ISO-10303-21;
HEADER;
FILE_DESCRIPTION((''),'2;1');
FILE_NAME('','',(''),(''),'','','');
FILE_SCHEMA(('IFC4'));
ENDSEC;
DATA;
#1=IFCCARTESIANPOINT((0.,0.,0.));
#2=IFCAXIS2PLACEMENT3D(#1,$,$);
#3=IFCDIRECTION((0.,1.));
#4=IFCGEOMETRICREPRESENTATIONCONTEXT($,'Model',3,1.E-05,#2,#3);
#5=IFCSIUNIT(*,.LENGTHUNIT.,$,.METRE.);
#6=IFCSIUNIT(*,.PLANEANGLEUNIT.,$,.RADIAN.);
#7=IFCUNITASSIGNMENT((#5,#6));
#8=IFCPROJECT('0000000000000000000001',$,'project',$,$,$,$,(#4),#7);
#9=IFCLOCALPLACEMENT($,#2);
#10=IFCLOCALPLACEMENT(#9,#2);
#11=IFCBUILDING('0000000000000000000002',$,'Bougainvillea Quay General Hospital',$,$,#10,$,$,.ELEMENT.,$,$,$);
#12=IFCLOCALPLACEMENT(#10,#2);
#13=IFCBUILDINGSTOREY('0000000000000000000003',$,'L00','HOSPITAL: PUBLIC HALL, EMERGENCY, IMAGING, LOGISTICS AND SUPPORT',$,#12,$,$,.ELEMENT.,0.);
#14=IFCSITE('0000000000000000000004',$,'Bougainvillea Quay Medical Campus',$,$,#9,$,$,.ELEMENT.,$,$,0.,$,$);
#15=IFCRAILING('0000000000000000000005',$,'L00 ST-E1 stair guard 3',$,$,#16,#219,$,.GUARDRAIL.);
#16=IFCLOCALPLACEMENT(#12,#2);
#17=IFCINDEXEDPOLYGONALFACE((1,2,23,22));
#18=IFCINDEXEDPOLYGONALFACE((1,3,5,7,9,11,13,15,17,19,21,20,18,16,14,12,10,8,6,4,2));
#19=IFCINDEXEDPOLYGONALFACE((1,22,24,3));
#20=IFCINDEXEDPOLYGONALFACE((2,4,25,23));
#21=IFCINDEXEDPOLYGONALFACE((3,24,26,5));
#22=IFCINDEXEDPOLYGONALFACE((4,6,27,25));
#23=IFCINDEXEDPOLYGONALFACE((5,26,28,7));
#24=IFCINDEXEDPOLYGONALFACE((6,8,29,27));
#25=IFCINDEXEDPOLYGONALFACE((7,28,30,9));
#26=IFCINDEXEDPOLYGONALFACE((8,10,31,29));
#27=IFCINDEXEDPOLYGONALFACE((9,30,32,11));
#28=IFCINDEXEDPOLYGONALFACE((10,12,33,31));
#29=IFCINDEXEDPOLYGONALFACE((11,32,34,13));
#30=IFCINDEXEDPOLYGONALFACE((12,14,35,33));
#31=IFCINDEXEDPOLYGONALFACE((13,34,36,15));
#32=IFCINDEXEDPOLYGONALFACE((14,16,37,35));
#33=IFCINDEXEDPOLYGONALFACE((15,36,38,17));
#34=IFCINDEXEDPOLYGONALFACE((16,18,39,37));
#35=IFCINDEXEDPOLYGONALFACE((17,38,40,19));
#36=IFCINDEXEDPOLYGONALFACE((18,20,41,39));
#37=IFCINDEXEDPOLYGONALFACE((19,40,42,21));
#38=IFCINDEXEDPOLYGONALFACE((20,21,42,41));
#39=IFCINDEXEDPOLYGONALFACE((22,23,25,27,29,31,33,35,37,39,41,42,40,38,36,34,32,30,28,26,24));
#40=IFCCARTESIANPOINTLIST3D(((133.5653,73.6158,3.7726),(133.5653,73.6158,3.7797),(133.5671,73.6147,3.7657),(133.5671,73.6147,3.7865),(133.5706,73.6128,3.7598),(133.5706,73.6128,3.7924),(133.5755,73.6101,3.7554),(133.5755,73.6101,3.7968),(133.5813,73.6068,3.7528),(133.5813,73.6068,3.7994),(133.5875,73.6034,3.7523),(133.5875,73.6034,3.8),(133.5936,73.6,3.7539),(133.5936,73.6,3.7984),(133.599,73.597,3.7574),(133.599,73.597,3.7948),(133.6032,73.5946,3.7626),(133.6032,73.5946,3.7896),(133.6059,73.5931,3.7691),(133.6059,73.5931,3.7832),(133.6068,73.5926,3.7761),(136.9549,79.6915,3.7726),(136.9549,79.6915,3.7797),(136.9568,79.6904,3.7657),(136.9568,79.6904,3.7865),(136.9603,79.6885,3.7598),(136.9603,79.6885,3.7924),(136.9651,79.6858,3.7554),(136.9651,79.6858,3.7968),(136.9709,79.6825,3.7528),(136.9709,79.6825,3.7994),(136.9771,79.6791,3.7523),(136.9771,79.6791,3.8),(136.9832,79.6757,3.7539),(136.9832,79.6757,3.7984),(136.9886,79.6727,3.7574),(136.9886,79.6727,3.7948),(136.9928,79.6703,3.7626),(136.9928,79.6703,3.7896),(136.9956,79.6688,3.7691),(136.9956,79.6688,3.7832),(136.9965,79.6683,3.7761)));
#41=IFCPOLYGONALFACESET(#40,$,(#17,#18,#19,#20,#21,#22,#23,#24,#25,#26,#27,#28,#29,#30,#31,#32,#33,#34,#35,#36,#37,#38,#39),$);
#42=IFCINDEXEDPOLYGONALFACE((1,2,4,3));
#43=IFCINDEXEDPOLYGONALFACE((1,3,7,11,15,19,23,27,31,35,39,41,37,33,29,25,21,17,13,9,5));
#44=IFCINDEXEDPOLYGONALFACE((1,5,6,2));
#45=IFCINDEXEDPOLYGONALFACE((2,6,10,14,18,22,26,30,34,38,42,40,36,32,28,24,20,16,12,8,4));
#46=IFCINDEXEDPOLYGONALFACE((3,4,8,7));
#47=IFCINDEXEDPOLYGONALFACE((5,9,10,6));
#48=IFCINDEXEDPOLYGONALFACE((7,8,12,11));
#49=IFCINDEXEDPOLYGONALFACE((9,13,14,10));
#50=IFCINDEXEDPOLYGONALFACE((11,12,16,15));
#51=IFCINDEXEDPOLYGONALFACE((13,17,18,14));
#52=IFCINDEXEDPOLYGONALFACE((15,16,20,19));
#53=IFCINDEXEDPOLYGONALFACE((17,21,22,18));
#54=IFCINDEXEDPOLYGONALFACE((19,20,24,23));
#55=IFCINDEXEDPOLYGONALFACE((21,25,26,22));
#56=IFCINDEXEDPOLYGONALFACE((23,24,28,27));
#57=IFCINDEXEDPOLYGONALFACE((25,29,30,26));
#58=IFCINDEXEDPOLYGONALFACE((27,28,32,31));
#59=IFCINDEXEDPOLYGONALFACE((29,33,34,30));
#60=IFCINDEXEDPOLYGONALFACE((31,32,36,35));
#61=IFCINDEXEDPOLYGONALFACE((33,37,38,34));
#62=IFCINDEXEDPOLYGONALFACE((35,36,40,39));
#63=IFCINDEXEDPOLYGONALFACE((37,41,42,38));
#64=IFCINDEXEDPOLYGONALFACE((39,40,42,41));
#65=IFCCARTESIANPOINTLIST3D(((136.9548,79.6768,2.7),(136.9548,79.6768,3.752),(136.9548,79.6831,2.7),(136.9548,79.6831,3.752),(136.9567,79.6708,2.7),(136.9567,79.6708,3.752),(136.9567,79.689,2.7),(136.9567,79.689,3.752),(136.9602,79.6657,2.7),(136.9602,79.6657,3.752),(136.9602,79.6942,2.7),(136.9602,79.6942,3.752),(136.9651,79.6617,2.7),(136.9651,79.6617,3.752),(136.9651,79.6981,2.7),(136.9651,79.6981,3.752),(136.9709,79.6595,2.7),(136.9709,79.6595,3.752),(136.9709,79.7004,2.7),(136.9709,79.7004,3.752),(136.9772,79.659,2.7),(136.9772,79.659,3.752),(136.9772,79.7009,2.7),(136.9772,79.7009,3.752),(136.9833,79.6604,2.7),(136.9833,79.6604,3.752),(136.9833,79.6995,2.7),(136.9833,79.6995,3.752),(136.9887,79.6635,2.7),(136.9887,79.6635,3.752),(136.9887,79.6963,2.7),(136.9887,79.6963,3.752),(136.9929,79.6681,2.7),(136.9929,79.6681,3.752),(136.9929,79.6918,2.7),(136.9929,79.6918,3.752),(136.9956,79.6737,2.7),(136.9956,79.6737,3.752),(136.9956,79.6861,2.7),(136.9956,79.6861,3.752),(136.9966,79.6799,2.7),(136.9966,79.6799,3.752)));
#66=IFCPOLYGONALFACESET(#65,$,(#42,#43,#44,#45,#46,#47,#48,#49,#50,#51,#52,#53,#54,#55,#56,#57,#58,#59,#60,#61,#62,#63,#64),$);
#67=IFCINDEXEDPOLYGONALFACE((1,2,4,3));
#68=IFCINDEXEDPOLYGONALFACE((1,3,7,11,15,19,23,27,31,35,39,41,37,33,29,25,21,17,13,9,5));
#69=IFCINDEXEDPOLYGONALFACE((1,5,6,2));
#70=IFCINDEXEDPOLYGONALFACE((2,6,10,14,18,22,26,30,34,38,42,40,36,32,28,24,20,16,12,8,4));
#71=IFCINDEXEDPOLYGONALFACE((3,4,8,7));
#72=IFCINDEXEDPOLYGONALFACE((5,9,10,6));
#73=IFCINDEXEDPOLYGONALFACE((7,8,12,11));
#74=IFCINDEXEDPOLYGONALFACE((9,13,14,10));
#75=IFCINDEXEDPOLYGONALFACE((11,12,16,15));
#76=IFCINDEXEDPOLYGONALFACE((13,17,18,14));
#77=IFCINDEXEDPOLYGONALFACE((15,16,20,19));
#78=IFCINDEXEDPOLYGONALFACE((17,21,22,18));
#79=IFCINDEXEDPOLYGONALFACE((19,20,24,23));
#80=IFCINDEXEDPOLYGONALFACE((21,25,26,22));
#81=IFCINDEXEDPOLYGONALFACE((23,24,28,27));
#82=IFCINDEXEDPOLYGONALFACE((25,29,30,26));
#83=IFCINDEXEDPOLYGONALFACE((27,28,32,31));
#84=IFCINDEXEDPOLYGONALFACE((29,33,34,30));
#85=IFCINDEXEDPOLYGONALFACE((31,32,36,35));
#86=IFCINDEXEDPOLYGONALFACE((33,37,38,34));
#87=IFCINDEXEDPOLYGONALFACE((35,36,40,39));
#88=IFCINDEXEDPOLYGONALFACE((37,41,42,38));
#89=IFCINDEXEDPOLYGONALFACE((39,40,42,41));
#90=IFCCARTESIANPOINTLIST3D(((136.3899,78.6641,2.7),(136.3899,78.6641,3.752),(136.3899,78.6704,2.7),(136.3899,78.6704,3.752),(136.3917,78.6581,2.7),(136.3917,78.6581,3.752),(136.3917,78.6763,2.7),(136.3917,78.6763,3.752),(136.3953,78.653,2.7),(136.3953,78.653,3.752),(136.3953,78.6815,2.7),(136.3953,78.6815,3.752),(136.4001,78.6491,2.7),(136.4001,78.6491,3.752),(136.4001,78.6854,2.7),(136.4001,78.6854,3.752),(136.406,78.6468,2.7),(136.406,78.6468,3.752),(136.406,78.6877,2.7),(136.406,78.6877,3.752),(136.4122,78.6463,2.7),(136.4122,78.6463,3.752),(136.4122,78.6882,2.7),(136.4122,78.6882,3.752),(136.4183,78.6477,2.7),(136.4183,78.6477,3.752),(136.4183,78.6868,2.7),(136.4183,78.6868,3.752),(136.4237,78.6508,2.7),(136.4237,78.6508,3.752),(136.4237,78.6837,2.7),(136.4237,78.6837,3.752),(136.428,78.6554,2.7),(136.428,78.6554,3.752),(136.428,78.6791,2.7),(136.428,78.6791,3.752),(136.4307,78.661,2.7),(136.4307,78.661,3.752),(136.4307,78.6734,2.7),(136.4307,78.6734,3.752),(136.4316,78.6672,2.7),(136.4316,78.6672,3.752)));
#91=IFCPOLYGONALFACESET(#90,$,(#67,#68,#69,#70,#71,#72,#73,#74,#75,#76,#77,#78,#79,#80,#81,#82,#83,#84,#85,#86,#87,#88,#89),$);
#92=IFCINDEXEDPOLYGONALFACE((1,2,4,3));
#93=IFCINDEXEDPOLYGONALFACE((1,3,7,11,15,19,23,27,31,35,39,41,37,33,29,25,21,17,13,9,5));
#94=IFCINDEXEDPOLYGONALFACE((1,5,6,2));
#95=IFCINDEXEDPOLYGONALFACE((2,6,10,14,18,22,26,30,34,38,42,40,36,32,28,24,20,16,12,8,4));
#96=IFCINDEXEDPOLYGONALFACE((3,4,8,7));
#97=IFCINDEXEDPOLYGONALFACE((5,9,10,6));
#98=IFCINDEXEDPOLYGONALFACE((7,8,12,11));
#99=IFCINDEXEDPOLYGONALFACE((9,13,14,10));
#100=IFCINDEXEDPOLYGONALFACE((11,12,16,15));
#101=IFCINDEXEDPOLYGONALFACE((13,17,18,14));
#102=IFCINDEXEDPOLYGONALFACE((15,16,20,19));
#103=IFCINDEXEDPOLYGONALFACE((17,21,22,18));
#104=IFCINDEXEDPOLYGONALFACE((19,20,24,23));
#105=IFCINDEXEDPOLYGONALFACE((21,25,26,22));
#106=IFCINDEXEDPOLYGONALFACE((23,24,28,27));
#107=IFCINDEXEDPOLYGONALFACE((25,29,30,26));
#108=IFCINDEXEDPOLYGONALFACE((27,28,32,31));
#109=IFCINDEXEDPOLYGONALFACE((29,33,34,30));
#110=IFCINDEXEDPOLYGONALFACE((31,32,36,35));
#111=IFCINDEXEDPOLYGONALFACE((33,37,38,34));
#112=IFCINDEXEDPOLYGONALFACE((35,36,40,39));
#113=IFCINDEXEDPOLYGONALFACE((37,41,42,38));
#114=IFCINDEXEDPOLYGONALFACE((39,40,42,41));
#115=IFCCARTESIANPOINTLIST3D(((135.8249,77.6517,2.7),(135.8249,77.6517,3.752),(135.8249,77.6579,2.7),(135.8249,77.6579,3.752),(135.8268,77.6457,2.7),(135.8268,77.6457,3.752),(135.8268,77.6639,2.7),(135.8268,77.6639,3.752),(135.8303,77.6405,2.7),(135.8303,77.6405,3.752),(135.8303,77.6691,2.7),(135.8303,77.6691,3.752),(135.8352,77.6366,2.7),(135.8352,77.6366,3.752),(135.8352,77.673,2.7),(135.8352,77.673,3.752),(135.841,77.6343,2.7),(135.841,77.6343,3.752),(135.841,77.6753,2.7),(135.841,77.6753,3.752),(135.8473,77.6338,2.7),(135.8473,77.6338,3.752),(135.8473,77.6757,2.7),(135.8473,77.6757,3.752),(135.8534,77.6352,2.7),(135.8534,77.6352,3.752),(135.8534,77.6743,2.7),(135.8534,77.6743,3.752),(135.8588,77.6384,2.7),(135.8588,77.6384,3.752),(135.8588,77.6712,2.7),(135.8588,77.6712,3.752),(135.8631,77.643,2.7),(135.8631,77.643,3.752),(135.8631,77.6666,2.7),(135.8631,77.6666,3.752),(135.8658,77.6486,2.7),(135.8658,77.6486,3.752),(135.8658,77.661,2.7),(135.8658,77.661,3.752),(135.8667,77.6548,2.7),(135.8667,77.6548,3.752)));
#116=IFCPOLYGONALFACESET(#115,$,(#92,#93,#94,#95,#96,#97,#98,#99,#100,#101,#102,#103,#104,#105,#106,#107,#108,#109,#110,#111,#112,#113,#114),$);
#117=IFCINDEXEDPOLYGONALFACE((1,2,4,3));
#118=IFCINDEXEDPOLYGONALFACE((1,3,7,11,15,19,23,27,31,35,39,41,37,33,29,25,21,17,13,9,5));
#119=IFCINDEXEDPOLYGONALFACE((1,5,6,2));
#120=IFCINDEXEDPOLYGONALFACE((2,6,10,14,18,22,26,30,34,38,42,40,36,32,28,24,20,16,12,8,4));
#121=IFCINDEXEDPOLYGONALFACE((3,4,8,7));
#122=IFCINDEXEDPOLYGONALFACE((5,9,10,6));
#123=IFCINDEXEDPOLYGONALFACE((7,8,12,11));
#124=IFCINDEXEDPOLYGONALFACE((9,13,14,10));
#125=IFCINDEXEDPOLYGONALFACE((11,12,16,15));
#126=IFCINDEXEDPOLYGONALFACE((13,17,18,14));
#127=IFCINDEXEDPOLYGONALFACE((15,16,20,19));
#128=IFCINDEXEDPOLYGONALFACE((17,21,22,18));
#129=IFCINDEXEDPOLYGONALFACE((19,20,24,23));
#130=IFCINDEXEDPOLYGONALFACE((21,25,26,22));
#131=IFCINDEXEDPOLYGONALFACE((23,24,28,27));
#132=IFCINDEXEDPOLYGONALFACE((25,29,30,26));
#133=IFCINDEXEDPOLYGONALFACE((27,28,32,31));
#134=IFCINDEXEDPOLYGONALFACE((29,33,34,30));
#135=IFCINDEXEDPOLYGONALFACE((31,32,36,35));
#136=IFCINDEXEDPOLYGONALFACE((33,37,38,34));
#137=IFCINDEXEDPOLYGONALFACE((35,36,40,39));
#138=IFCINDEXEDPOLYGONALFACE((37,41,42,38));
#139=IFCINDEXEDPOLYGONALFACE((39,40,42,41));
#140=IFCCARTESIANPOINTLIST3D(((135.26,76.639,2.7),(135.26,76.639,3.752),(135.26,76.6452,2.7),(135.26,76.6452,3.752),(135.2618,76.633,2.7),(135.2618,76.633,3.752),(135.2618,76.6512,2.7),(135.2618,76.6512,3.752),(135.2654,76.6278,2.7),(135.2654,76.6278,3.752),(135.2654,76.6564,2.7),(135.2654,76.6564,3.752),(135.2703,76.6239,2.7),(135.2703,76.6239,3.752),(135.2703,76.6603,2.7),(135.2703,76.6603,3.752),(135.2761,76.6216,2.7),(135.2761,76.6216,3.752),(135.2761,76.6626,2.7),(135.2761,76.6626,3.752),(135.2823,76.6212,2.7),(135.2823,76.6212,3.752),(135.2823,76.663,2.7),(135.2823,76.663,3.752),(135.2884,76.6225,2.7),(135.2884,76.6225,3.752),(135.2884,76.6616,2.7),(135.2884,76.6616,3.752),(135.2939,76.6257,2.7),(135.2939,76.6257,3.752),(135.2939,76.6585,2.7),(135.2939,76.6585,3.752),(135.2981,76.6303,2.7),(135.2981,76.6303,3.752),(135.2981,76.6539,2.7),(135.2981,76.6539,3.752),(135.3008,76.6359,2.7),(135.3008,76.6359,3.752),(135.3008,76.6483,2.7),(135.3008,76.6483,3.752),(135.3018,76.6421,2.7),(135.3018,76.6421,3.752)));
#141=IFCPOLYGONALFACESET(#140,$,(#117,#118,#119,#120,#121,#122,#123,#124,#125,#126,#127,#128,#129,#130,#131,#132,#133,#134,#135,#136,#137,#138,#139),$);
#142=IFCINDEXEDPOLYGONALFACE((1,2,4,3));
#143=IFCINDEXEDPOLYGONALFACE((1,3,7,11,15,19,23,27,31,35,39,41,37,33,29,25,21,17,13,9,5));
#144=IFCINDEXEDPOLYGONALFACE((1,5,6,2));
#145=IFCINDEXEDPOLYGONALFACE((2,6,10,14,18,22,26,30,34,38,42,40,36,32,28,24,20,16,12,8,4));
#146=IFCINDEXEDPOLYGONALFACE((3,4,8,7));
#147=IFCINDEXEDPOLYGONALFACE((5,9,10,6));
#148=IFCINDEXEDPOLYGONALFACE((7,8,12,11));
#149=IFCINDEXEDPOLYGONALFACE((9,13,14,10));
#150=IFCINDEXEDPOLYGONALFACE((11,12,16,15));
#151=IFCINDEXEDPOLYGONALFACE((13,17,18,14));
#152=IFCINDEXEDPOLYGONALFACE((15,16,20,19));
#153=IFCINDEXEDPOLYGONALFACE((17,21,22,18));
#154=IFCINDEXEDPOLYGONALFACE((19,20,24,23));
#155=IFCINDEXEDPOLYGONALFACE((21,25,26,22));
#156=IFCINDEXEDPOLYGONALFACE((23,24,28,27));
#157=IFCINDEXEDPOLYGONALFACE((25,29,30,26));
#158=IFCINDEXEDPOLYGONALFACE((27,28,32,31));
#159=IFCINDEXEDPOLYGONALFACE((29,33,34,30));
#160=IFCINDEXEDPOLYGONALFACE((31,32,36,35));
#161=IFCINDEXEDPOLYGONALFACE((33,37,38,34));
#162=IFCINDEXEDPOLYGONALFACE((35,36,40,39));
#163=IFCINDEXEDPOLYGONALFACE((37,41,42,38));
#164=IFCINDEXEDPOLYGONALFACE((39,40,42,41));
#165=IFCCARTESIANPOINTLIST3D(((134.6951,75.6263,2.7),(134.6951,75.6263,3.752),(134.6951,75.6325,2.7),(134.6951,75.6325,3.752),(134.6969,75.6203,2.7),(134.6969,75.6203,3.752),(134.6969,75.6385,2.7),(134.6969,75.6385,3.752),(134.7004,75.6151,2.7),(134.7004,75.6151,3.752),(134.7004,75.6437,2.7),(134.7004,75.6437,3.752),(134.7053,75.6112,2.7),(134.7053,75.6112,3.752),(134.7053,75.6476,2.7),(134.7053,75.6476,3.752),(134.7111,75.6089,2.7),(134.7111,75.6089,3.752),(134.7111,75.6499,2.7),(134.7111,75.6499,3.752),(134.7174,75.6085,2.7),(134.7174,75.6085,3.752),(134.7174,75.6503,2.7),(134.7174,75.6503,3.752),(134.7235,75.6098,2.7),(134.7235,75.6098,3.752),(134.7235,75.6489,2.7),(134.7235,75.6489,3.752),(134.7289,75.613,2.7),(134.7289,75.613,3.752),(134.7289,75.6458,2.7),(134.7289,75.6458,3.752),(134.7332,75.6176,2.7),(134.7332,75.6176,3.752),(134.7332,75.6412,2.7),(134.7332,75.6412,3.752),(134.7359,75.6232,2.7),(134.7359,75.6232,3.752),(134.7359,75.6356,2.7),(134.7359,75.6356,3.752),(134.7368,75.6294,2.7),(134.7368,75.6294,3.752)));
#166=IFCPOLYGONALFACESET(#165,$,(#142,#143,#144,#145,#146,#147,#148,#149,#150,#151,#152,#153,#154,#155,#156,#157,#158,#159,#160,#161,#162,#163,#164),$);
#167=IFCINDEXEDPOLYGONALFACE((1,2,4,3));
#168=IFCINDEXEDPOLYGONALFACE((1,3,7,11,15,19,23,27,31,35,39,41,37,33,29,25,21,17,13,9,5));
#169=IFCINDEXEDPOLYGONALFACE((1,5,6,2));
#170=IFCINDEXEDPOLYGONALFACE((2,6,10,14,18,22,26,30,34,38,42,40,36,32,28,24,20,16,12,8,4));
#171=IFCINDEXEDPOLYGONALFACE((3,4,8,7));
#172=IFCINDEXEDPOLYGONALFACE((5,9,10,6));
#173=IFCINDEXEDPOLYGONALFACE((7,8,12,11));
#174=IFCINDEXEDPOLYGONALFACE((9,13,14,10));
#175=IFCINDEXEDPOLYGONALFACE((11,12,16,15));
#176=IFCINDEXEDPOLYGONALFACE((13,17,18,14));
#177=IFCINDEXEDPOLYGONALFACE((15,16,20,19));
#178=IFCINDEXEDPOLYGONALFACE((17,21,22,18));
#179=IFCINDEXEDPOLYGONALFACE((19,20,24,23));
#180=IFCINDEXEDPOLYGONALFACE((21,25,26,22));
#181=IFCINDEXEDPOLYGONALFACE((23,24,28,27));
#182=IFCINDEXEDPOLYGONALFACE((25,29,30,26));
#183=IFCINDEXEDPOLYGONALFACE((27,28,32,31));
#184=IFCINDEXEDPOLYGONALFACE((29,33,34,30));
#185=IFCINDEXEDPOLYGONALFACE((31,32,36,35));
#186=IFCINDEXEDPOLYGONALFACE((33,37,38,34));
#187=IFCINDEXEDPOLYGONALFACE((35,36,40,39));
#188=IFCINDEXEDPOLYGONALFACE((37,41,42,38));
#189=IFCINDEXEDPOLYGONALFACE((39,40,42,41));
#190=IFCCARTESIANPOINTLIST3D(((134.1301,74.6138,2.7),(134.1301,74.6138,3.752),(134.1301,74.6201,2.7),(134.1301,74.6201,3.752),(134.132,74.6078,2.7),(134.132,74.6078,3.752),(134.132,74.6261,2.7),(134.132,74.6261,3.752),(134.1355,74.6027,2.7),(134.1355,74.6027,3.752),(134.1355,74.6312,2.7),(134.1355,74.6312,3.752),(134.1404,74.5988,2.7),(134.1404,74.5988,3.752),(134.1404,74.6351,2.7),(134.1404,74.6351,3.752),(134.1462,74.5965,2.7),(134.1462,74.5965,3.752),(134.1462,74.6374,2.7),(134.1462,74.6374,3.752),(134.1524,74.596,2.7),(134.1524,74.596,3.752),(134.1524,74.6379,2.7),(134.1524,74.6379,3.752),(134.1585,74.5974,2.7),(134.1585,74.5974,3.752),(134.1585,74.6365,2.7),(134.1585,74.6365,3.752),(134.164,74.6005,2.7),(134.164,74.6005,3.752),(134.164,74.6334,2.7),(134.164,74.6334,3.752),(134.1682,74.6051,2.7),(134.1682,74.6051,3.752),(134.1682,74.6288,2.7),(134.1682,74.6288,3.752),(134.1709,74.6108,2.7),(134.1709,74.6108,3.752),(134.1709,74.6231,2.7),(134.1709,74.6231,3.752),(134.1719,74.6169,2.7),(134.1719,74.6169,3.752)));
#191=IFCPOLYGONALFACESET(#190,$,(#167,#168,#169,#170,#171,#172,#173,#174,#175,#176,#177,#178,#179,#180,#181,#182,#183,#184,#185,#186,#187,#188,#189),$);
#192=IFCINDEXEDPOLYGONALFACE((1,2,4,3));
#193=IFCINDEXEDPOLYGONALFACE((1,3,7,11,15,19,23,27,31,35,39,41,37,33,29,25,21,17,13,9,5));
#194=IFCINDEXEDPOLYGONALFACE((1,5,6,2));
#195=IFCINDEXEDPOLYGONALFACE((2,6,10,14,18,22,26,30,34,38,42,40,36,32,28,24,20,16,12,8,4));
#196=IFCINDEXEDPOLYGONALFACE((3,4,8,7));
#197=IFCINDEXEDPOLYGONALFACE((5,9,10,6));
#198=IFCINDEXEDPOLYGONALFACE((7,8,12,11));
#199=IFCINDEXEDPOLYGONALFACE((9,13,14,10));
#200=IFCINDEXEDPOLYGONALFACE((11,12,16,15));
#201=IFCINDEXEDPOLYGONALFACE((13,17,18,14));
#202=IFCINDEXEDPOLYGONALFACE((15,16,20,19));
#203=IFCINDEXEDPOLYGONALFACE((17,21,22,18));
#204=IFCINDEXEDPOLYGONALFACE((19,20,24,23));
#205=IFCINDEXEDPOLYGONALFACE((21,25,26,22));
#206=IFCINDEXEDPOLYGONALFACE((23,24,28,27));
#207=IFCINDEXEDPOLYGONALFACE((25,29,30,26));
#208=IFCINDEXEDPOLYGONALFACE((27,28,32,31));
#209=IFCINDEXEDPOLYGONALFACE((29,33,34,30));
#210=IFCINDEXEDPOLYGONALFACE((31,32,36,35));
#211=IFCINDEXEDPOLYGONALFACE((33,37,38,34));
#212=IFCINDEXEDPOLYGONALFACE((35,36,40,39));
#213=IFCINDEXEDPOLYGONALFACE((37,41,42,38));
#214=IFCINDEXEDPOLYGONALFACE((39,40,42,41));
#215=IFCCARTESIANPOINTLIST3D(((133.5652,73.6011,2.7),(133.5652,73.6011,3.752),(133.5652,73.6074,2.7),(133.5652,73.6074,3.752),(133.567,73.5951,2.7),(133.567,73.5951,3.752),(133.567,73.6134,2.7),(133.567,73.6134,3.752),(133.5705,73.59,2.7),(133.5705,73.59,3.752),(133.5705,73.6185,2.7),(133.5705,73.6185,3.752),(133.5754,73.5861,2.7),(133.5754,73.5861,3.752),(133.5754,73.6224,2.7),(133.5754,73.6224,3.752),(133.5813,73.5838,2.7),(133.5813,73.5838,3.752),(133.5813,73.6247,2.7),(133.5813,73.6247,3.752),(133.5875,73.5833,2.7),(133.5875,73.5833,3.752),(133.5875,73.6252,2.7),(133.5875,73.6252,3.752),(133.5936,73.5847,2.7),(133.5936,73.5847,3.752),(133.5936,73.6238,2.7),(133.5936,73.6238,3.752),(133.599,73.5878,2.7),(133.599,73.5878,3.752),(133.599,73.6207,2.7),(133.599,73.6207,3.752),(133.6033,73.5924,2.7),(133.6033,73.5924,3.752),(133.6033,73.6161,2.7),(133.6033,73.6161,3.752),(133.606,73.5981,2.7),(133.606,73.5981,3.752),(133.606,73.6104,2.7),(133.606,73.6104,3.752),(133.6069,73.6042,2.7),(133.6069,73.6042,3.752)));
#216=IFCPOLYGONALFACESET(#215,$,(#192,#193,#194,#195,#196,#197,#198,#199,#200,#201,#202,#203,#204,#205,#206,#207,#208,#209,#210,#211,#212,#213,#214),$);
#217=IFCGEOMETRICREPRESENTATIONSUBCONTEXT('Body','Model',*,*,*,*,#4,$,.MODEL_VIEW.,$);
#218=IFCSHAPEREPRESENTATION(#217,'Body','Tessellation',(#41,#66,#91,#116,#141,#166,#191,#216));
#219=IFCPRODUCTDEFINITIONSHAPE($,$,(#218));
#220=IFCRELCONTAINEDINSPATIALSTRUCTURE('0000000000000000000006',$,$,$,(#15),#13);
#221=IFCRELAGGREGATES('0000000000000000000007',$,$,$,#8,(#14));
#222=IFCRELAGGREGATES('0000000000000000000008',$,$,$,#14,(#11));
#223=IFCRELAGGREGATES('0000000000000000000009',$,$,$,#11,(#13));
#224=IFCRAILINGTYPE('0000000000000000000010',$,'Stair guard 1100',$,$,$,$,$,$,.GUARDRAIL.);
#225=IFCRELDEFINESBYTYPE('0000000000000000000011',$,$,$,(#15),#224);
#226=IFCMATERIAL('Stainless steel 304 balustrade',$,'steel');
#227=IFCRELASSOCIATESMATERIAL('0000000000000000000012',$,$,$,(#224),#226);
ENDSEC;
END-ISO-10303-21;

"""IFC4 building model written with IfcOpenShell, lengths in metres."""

from ifc_helpers import new_model, si_unit, direction, frame, origin, origin_2d, place, context, subcontext, project, spatial, circle, extrude, material, type_object, element, save


model = new_model("IFC4")

# Units and contexts
model_context = context("Model", 3, precision=1e-05, world=origin(), true_north=direction((0.0, 1.0)))
body_context = subcontext(model_context, "Body", "Model", "MODEL_VIEW")
ifc_project = project(units=[si_unit("LENGTHUNIT", "METRE"), si_unit("PLANEANGLEUNIT", "RADIAN")], contexts=[model_context])

# Site, building, storey
site_placement = place(None, origin())
site = spatial("IfcSite", under=ifc_project, at=site_placement, Name="Bougainvillea Quay Medical Campus", CompositionType="ELEMENT", RefElevation=0.0)
building_placement = place(site_placement, origin())
building = spatial("IfcBuilding", under=site, at=building_placement, Name="Bougainvillea Quay General Hospital", CompositionType="ELEMENT")
storey_placement = place(building_placement, origin())
storey = spatial("IfcBuildingStorey", under=building, at=storey_placement, Name="L00", Description="HOSPITAL: PUBLIC HALL, EMERGENCY, IMAGING, LOGISTICS AND SUPPORT", CompositionType="ELEMENT", Elevation=0.0)

# Railing
ifc_material_1 = material(Name="Stainless steel 304 balustrade", Category="steel")
railing_type = type_object("IfcRailingType", Name="Stair guard 1100", PredefinedType="GUARDRAIL", material=ifc_material_1)
railing_placement = place(storey_placement, frame((136.9756, 79.6799, 2.7)))
element("IfcRailing", 1, at=railing_placement, inside=storey, type_object=railing_type, Name="L00 ST-E1 stair guard 3", PredefinedType="GUARDRAIL", context=body_context, shape_type="SweptSolid", body=[
    extrude(circle(Radius=0.0239, at=origin_2d()), frame((0.0, 0.0, 1.0762), z_axis=(-0.487209, -0.873285, 0.0), x_axis=(0.873285, -0.487209, 0.0)), (0.0, 0.0, 1.0), 6.9573),
    extrude(circle(Radius=0.021, at=origin_2d()), origin(), (0.0, 0.0, 1.0), 1.052),
    extrude(circle(Radius=0.021, at=origin_2d()), frame((-0.5649, -1.0127, 0.0)), (0.0, 0.0, 1.0), 1.052),
    extrude(circle(Radius=0.021, at=origin_2d()), frame((-1.1299, -2.0251, 0.0)), (0.0, 0.0, 1.0), 1.052),
    extrude(circle(Radius=0.021, at=origin_2d()), frame((-1.6948, -3.0378, 0.0)), (0.0, 0.0, 1.0), 1.052),
    extrude(circle(Radius=0.021, at=origin_2d()), frame((-2.2598, -4.0505, 0.0)), (0.0, 0.0, 1.0), 1.052),
    extrude(circle(Radius=0.021, at=origin_2d()), frame((-2.8247, -5.063, 0.0)), (0.0, 0.0, 1.0), 1.052),
    extrude(circle(Radius=0.021, at=origin_2d()), frame((-3.3896, -6.0757, 0.0)), (0.0, 0.0, 1.0), 1.052),
])

save(model, "model.ifc")
